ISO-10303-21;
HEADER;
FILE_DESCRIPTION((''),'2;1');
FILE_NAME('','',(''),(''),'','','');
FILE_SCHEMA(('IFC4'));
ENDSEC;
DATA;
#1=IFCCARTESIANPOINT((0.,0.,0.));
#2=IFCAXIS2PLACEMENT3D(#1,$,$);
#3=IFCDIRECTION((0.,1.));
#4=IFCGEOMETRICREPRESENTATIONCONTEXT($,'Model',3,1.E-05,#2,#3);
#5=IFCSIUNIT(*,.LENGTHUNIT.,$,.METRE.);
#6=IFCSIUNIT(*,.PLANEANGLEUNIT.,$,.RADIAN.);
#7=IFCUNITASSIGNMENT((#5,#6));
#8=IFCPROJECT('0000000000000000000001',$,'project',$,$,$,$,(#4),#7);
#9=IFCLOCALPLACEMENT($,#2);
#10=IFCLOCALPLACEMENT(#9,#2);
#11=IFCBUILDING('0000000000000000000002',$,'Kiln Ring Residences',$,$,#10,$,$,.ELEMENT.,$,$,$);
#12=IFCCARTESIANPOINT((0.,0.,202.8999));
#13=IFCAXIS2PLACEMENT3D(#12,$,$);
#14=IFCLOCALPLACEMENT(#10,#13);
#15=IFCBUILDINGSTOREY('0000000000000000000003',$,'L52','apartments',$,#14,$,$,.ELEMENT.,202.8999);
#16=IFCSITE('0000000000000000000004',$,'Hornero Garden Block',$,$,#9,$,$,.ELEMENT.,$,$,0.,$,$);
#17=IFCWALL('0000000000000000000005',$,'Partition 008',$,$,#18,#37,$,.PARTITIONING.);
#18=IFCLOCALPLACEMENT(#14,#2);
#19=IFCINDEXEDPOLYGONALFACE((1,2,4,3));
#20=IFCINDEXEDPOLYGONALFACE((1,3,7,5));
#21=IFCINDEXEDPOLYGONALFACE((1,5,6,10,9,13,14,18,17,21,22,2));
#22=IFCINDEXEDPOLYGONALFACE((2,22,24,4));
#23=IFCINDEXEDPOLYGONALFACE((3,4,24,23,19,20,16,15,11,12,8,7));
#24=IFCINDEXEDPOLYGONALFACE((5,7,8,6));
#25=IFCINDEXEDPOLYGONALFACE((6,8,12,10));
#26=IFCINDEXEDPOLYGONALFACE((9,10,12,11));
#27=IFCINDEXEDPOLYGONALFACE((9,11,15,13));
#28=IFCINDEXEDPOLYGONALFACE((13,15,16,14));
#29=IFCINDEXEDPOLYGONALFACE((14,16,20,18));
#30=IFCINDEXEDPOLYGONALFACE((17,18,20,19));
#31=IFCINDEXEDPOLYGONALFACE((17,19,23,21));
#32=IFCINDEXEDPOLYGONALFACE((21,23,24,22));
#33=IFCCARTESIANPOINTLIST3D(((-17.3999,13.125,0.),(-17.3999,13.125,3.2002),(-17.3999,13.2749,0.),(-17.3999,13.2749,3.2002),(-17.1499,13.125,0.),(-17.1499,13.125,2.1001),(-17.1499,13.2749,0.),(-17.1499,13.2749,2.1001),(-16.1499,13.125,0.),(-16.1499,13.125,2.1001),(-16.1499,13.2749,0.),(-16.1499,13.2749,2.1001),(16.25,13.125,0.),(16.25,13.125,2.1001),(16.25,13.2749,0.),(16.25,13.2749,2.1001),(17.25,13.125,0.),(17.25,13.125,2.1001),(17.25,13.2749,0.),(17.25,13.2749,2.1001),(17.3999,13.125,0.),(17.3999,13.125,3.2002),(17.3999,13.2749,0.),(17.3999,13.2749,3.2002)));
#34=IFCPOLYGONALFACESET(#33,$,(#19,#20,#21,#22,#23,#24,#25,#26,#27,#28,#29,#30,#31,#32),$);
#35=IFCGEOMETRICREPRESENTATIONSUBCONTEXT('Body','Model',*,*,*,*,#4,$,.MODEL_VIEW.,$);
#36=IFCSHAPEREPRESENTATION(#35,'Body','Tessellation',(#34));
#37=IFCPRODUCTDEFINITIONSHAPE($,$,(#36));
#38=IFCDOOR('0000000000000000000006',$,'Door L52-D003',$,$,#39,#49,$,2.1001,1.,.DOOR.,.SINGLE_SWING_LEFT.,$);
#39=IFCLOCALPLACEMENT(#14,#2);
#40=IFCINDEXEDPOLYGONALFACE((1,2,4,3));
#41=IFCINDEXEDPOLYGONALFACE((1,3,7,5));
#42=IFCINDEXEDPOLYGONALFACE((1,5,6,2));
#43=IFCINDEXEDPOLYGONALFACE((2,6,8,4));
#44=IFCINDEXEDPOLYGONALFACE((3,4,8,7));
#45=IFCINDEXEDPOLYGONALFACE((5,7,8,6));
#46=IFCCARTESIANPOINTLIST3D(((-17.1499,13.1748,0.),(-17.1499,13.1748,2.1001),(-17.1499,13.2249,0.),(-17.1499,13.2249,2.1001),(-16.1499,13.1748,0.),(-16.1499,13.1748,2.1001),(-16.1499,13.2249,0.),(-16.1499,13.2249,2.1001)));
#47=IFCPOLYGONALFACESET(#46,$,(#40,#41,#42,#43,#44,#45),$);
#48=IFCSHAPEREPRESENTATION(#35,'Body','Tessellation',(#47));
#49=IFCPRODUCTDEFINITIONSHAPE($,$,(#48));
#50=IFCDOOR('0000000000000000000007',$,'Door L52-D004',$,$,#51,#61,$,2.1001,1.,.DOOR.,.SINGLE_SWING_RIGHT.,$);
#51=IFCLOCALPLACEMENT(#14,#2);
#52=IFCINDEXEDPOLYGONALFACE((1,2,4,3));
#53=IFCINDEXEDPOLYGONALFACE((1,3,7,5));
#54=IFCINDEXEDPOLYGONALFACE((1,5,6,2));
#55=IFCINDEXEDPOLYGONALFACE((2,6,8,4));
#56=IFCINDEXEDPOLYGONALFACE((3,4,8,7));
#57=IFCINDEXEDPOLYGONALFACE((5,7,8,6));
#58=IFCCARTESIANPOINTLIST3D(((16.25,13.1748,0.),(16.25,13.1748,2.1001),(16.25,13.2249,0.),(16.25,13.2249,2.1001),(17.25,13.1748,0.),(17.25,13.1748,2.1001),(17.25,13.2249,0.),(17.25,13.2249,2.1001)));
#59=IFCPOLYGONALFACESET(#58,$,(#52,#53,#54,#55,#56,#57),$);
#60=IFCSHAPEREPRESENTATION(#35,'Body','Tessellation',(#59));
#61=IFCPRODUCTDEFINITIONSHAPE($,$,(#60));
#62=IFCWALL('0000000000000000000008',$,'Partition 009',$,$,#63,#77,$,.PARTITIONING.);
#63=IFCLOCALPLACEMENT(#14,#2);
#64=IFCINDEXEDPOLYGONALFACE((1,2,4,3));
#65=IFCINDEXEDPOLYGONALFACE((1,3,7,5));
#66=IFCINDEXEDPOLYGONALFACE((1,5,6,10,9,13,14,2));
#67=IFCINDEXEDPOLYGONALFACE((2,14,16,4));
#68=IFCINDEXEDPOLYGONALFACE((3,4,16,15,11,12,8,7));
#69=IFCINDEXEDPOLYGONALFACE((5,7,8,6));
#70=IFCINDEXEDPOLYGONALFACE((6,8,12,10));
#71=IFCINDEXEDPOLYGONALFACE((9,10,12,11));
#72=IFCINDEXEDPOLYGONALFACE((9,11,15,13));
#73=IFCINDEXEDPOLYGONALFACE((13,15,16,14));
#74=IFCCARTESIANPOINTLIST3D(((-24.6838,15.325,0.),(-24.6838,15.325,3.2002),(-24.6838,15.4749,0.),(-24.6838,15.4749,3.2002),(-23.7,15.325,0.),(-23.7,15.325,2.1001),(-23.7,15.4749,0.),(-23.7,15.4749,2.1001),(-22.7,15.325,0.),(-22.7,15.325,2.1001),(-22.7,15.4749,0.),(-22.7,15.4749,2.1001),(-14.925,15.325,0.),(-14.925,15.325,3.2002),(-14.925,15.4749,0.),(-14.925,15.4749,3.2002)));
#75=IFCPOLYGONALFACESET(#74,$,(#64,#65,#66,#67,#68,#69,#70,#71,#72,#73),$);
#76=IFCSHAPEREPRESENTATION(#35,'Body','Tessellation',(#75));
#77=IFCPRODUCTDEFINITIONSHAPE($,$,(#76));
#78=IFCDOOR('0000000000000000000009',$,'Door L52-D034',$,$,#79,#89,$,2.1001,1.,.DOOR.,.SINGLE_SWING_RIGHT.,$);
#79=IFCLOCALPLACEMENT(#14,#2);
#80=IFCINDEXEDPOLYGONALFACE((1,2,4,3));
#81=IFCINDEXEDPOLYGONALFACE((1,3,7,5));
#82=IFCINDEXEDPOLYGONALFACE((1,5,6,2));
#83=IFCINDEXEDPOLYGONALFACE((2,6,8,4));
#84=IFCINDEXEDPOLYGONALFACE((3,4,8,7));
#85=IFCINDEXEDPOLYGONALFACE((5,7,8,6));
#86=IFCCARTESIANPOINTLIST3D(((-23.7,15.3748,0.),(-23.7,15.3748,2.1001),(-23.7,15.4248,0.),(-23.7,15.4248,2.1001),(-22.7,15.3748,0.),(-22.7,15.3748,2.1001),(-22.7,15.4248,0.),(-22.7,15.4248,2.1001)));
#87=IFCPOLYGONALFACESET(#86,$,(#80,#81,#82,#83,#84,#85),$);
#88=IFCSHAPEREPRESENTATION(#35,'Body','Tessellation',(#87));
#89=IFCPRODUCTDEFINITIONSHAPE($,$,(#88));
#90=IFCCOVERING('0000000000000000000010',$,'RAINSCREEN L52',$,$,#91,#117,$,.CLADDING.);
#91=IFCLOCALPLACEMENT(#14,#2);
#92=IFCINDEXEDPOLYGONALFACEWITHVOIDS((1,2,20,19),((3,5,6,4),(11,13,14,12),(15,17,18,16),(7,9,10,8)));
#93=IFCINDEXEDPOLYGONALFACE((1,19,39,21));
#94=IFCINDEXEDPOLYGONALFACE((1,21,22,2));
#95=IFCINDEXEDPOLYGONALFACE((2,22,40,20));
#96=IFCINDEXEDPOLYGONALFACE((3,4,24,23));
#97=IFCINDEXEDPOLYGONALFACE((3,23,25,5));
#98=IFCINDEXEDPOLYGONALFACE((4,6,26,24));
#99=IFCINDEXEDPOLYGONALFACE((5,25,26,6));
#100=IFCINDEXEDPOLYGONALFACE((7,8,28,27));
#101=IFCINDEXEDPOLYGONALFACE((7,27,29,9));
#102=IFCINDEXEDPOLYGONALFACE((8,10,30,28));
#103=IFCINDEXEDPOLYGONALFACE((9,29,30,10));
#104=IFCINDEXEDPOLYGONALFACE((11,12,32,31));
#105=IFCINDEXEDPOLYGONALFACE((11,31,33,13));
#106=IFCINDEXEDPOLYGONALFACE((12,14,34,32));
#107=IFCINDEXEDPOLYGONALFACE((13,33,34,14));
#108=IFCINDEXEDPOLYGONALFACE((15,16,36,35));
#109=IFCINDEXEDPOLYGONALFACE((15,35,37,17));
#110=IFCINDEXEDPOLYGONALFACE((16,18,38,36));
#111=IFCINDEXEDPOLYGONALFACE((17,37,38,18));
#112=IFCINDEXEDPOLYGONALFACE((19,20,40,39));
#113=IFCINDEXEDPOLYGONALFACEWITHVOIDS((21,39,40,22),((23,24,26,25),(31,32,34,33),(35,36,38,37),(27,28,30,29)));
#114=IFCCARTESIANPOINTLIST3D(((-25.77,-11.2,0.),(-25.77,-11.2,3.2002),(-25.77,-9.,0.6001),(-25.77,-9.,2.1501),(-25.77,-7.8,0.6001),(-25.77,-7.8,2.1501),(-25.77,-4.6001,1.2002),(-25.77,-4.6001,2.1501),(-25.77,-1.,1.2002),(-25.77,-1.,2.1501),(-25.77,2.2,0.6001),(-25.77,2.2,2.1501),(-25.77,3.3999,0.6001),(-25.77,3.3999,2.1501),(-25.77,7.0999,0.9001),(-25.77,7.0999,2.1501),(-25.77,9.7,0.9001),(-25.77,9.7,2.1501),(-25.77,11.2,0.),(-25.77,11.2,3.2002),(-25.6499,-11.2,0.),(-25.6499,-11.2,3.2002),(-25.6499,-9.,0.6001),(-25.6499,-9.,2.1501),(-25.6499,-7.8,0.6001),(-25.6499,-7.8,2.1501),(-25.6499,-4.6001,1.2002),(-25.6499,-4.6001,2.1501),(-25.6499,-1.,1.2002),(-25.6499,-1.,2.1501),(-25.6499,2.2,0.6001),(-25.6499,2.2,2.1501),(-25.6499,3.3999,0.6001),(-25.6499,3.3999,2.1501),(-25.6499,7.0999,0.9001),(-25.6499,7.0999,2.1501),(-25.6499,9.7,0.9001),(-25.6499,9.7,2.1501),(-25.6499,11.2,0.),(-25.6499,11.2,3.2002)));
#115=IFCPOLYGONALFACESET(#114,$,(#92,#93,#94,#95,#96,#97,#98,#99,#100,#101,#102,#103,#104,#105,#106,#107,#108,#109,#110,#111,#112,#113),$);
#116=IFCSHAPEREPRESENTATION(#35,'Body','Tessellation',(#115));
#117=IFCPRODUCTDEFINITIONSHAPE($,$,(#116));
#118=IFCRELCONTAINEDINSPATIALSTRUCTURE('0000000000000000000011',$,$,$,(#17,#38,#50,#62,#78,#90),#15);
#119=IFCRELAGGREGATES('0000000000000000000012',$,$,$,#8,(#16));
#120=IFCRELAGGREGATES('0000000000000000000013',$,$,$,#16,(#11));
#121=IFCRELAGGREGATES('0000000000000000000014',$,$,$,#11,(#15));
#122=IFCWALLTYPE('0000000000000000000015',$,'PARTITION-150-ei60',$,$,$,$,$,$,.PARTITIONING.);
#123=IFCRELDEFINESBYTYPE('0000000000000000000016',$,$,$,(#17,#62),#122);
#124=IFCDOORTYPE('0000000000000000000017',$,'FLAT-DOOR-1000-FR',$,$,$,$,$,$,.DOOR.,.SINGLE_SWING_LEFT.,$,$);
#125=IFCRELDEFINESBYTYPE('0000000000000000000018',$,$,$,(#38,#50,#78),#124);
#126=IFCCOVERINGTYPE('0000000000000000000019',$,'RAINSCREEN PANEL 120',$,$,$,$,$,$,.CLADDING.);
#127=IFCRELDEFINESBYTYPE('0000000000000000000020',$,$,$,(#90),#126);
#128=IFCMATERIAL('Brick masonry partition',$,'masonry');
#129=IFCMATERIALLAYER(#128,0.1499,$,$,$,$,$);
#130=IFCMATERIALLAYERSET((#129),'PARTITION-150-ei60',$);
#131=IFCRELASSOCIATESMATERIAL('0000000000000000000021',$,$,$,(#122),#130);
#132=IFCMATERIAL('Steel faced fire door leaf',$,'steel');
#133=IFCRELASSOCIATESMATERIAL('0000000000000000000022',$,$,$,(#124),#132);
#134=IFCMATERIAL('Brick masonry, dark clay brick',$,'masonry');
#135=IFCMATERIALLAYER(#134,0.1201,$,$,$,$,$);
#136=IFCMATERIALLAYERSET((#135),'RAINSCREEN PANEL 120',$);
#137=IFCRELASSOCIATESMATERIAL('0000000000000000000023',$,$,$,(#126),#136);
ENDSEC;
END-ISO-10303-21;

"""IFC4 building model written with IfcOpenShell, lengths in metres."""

from ifc_helpers import new_model, si_unit, direction, frame, frame_2d, origin, place, context, subcontext, project, spatial, polyline, rectangle, outline, extrude, material, layer, layer_set, type_object, element, fill, save


model = new_model("IFC4")

# Units and contexts
model_context = context("Model", 3, precision=1e-05, world=origin(), true_north=direction((0.0, 1.0)))
body_context = subcontext(model_context, "Body", "Model", "MODEL_VIEW")
ifc_project = project(units=[si_unit("LENGTHUNIT", "METRE"), si_unit("PLANEANGLEUNIT", "RADIAN")], contexts=[model_context])

# Site, building, storey
site_placement = place(None, origin())
site = spatial("IfcSite", under=ifc_project, at=site_placement, Name="Hornero Garden Block", CompositionType="ELEMENT", RefElevation=0.0)
building_placement = place(site_placement, origin())
building = spatial("IfcBuilding", under=site, at=building_placement, Name="Kiln Ring Residences", CompositionType="ELEMENT")
storey_placement = place(building_placement, frame((0.0, 0.0, 202.8999)))
storey = spatial("IfcBuildingStorey", under=building, at=storey_placement, Name="L52", Description="apartments", CompositionType="ELEMENT", Elevation=202.8999)

# Wall, openings, doors
ifc_material_1 = material(Name="Brick masonry partition", Category="masonry")
ifc_layer_1 = layer(ifc_material_1, 0.1499)
ifc_layer_set_1 = layer_set([ifc_layer_1], Name="PARTITION-150-ei60")
wall_type_1 = type_object("IfcWallType", Name="PARTITION-150-ei60", PredefinedType="PARTITIONING", material=ifc_layer_set_1)
wall_1_placement = place(storey_placement, frame((-17.3999, 13.2, 0.0), z_axis=(0.0, 0.0, 1.0), x_axis=(1.0, 0.0, 0.0)))
wall_1 = element("IfcWall", 1, at=wall_1_placement, inside=storey, type_object=wall_type_1, Name="Partition 008", PredefinedType="PARTITIONING", context=body_context, shape_type="SweptSolid", body=[
    extrude(rectangle(XDim=34.7998, YDim=0.1499, at=frame_2d((17.3999, 0.0))), origin(), (0.0, 0.0, 1.0), 3.2002),
])
opening_1_placement = place(wall_1_placement, frame((0.25, 0.0, 0.0)))
opening_1 = element("IfcOpeningElement", 2, at=opening_1_placement, cuts=wall_1, PredefinedType="OPENING", context=body_context, shape_type="SweptSolid", body=[
    extrude(rectangle(XDim=1.0, YDim=2.1001, at=frame_2d((0.5, 1.05))), frame((0.0, 0.085, 0.0), z_axis=(0.0, -1.0, 0.0), x_axis=(1.0, 0.0, 0.0)), (0.0, 0.0, 1.0), 0.1699),
])
opening_2_placement = place(wall_1_placement, frame((33.6499, 0.0, 0.0)))
opening_2 = element("IfcOpeningElement", 3, at=opening_2_placement, cuts=wall_1, PredefinedType="OPENING", context=body_context, shape_type="SweptSolid", body=[
    extrude(rectangle(XDim=1.0, YDim=2.1001, at=frame_2d((0.5, 1.05))), frame((0.0, 0.085, 0.0), z_axis=(0.0, -1.0, 0.0), x_axis=(1.0, 0.0, 0.0)), (0.0, 0.0, 1.0), 0.1699),
])
ifc_material_2 = material(Name="Steel faced fire door leaf", Category="steel")
door_type_1 = type_object("IfcDoorType", Name="FLAT-DOOR-1000-FR", OperationType="SINGLE_SWING_LEFT", PredefinedType="DOOR", material=ifc_material_2)
door_1_placement = place(opening_1_placement, origin())
door_1 = element("IfcDoor", 4, at=door_1_placement, inside=storey, type_object=door_type_1, Name="Door L52-D003", OperationType="SINGLE_SWING_LEFT", OverallHeight=2.1001, OverallWidth=1.0, PredefinedType="DOOR", context=body_context, shape_type="SweptSolid", body=[
    extrude(rectangle(XDim=1.0, YDim=2.1001, at=frame_2d((0.5, 1.05))), frame((0.0, 0.0249, 0.0), z_axis=(0.0, -1.0, 0.0), x_axis=(1.0, 0.0, 0.0)), (0.0, 0.0, 1.0), 0.05),
])
fill(opening_1, door_1)
door_2_placement = place(opening_2_placement, origin())
door_2 = element("IfcDoor", 5, at=door_2_placement, inside=storey, type_object=door_type_1, Name="Door L52-D004", OperationType="SINGLE_SWING_RIGHT", OverallHeight=2.1001, OverallWidth=1.0, PredefinedType="DOOR", context=body_context, shape_type="SweptSolid", body=[
    extrude(rectangle(XDim=1.0, YDim=2.1001, at=frame_2d((0.5, 1.05))), frame((0.0, 0.0249, 0.0), z_axis=(0.0, -1.0, 0.0), x_axis=(1.0, 0.0, 0.0)), (0.0, 0.0, 1.0), 0.05),
])
fill(opening_2, door_2)

# Wall, opening, door
wall_2_placement = place(storey_placement, frame((-24.6838, 15.3999, 0.0), z_axis=(0.0, 0.0, 1.0), x_axis=(1.0, 0.0, 0.0)))
wall_2 = element("IfcWall", 6, at=wall_2_placement, inside=storey, type_object=wall_type_1, Name="Partition 009", PredefinedType="PARTITIONING", context=body_context, shape_type="SweptSolid", body=[
    extrude(rectangle(XDim=9.7588, YDim=0.1499, at=frame_2d((4.8794, 0.0))), origin(), (0.0, 0.0, 1.0), 3.2002),
])
opening_3_placement = place(wall_2_placement, frame((0.9839, 0.0, 0.0)))
opening_3 = element("IfcOpeningElement", 7, at=opening_3_placement, cuts=wall_2, PredefinedType="OPENING", context=body_context, shape_type="SweptSolid", body=[
    extrude(rectangle(XDim=1.0, YDim=2.1001, at=frame_2d((0.5, 1.05))), frame((0.0, 0.085, 0.0), z_axis=(0.0, -1.0, 0.0), x_axis=(1.0, 0.0, 0.0)), (0.0, 0.0, 1.0), 0.1699),
])
door_3_placement = place(opening_3_placement, origin())
door_3 = element("IfcDoor", 8, at=door_3_placement, inside=storey, type_object=door_type_1, Name="Door L52-D034", OperationType="SINGLE_SWING_RIGHT", OverallHeight=2.1001, OverallWidth=1.0, PredefinedType="DOOR", context=body_context, shape_type="SweptSolid", body=[
    extrude(rectangle(XDim=1.0, YDim=2.1001, at=frame_2d((0.5, 1.05))), frame((0.0, 0.0249, 0.0), z_axis=(0.0, -1.0, 0.0), x_axis=(1.0, 0.0, 0.0)), (0.0, 0.0, 1.0), 0.05),
])
fill(opening_3, door_3)

# Covering
ifc_material_3 = material(Name="Brick masonry, dark clay brick", Category="masonry")
ifc_layer_2 = layer(ifc_material_3, 0.1201)
ifc_layer_set_2 = layer_set([ifc_layer_2], Name="RAINSCREEN PANEL 120")
covering_type = type_object("IfcCoveringType", Name="RAINSCREEN PANEL 120", PredefinedType="CLADDING", material=ifc_layer_set_2)
covering_placement = place(storey_placement, frame((-25.71, 11.2, 0.0), z_axis=(0.0, 0.0, 1.0), x_axis=(0.0, -1.0, 0.0)))
element("IfcCovering", 9, at=covering_placement, inside=storey, type_object=covering_type, Name="RAINSCREEN L52", PredefinedType="CLADDING", context=body_context, shape_type="SweptSolid", body=[
    extrude(outline(polyline([(0.0, 0.0), (22.3999, 0.0), (22.3999, 3.2002), (0.0, 3.2002), (0.0, 0.0)]), holes=[polyline([(9.0, 0.6001), (9.0, 2.1501), (7.8, 2.1501), (7.8, 0.6001), (9.0, 0.6001)]), polyline([(20.2, 0.6001), (20.2, 2.1501), (19.0, 2.1501), (19.0, 0.6001), (20.2, 0.6001)]), polyline([(4.1001, 0.9001), (4.1001, 2.1501), (1.5, 2.1501), (1.5, 0.9001), (4.1001, 0.9001)]), polyline([(15.8, 1.2002), (15.8, 2.1501), (12.2, 2.1501), (12.2, 1.2002), (15.8, 1.2002)])]), frame((0.0, 0.0601, 0.0), z_axis=(0.0, -1.0, 0.0), x_axis=(1.0, 0.0, 0.0)), (0.0, 0.0, 1.0), 0.1201),
])

save(model, "model.ifc")
